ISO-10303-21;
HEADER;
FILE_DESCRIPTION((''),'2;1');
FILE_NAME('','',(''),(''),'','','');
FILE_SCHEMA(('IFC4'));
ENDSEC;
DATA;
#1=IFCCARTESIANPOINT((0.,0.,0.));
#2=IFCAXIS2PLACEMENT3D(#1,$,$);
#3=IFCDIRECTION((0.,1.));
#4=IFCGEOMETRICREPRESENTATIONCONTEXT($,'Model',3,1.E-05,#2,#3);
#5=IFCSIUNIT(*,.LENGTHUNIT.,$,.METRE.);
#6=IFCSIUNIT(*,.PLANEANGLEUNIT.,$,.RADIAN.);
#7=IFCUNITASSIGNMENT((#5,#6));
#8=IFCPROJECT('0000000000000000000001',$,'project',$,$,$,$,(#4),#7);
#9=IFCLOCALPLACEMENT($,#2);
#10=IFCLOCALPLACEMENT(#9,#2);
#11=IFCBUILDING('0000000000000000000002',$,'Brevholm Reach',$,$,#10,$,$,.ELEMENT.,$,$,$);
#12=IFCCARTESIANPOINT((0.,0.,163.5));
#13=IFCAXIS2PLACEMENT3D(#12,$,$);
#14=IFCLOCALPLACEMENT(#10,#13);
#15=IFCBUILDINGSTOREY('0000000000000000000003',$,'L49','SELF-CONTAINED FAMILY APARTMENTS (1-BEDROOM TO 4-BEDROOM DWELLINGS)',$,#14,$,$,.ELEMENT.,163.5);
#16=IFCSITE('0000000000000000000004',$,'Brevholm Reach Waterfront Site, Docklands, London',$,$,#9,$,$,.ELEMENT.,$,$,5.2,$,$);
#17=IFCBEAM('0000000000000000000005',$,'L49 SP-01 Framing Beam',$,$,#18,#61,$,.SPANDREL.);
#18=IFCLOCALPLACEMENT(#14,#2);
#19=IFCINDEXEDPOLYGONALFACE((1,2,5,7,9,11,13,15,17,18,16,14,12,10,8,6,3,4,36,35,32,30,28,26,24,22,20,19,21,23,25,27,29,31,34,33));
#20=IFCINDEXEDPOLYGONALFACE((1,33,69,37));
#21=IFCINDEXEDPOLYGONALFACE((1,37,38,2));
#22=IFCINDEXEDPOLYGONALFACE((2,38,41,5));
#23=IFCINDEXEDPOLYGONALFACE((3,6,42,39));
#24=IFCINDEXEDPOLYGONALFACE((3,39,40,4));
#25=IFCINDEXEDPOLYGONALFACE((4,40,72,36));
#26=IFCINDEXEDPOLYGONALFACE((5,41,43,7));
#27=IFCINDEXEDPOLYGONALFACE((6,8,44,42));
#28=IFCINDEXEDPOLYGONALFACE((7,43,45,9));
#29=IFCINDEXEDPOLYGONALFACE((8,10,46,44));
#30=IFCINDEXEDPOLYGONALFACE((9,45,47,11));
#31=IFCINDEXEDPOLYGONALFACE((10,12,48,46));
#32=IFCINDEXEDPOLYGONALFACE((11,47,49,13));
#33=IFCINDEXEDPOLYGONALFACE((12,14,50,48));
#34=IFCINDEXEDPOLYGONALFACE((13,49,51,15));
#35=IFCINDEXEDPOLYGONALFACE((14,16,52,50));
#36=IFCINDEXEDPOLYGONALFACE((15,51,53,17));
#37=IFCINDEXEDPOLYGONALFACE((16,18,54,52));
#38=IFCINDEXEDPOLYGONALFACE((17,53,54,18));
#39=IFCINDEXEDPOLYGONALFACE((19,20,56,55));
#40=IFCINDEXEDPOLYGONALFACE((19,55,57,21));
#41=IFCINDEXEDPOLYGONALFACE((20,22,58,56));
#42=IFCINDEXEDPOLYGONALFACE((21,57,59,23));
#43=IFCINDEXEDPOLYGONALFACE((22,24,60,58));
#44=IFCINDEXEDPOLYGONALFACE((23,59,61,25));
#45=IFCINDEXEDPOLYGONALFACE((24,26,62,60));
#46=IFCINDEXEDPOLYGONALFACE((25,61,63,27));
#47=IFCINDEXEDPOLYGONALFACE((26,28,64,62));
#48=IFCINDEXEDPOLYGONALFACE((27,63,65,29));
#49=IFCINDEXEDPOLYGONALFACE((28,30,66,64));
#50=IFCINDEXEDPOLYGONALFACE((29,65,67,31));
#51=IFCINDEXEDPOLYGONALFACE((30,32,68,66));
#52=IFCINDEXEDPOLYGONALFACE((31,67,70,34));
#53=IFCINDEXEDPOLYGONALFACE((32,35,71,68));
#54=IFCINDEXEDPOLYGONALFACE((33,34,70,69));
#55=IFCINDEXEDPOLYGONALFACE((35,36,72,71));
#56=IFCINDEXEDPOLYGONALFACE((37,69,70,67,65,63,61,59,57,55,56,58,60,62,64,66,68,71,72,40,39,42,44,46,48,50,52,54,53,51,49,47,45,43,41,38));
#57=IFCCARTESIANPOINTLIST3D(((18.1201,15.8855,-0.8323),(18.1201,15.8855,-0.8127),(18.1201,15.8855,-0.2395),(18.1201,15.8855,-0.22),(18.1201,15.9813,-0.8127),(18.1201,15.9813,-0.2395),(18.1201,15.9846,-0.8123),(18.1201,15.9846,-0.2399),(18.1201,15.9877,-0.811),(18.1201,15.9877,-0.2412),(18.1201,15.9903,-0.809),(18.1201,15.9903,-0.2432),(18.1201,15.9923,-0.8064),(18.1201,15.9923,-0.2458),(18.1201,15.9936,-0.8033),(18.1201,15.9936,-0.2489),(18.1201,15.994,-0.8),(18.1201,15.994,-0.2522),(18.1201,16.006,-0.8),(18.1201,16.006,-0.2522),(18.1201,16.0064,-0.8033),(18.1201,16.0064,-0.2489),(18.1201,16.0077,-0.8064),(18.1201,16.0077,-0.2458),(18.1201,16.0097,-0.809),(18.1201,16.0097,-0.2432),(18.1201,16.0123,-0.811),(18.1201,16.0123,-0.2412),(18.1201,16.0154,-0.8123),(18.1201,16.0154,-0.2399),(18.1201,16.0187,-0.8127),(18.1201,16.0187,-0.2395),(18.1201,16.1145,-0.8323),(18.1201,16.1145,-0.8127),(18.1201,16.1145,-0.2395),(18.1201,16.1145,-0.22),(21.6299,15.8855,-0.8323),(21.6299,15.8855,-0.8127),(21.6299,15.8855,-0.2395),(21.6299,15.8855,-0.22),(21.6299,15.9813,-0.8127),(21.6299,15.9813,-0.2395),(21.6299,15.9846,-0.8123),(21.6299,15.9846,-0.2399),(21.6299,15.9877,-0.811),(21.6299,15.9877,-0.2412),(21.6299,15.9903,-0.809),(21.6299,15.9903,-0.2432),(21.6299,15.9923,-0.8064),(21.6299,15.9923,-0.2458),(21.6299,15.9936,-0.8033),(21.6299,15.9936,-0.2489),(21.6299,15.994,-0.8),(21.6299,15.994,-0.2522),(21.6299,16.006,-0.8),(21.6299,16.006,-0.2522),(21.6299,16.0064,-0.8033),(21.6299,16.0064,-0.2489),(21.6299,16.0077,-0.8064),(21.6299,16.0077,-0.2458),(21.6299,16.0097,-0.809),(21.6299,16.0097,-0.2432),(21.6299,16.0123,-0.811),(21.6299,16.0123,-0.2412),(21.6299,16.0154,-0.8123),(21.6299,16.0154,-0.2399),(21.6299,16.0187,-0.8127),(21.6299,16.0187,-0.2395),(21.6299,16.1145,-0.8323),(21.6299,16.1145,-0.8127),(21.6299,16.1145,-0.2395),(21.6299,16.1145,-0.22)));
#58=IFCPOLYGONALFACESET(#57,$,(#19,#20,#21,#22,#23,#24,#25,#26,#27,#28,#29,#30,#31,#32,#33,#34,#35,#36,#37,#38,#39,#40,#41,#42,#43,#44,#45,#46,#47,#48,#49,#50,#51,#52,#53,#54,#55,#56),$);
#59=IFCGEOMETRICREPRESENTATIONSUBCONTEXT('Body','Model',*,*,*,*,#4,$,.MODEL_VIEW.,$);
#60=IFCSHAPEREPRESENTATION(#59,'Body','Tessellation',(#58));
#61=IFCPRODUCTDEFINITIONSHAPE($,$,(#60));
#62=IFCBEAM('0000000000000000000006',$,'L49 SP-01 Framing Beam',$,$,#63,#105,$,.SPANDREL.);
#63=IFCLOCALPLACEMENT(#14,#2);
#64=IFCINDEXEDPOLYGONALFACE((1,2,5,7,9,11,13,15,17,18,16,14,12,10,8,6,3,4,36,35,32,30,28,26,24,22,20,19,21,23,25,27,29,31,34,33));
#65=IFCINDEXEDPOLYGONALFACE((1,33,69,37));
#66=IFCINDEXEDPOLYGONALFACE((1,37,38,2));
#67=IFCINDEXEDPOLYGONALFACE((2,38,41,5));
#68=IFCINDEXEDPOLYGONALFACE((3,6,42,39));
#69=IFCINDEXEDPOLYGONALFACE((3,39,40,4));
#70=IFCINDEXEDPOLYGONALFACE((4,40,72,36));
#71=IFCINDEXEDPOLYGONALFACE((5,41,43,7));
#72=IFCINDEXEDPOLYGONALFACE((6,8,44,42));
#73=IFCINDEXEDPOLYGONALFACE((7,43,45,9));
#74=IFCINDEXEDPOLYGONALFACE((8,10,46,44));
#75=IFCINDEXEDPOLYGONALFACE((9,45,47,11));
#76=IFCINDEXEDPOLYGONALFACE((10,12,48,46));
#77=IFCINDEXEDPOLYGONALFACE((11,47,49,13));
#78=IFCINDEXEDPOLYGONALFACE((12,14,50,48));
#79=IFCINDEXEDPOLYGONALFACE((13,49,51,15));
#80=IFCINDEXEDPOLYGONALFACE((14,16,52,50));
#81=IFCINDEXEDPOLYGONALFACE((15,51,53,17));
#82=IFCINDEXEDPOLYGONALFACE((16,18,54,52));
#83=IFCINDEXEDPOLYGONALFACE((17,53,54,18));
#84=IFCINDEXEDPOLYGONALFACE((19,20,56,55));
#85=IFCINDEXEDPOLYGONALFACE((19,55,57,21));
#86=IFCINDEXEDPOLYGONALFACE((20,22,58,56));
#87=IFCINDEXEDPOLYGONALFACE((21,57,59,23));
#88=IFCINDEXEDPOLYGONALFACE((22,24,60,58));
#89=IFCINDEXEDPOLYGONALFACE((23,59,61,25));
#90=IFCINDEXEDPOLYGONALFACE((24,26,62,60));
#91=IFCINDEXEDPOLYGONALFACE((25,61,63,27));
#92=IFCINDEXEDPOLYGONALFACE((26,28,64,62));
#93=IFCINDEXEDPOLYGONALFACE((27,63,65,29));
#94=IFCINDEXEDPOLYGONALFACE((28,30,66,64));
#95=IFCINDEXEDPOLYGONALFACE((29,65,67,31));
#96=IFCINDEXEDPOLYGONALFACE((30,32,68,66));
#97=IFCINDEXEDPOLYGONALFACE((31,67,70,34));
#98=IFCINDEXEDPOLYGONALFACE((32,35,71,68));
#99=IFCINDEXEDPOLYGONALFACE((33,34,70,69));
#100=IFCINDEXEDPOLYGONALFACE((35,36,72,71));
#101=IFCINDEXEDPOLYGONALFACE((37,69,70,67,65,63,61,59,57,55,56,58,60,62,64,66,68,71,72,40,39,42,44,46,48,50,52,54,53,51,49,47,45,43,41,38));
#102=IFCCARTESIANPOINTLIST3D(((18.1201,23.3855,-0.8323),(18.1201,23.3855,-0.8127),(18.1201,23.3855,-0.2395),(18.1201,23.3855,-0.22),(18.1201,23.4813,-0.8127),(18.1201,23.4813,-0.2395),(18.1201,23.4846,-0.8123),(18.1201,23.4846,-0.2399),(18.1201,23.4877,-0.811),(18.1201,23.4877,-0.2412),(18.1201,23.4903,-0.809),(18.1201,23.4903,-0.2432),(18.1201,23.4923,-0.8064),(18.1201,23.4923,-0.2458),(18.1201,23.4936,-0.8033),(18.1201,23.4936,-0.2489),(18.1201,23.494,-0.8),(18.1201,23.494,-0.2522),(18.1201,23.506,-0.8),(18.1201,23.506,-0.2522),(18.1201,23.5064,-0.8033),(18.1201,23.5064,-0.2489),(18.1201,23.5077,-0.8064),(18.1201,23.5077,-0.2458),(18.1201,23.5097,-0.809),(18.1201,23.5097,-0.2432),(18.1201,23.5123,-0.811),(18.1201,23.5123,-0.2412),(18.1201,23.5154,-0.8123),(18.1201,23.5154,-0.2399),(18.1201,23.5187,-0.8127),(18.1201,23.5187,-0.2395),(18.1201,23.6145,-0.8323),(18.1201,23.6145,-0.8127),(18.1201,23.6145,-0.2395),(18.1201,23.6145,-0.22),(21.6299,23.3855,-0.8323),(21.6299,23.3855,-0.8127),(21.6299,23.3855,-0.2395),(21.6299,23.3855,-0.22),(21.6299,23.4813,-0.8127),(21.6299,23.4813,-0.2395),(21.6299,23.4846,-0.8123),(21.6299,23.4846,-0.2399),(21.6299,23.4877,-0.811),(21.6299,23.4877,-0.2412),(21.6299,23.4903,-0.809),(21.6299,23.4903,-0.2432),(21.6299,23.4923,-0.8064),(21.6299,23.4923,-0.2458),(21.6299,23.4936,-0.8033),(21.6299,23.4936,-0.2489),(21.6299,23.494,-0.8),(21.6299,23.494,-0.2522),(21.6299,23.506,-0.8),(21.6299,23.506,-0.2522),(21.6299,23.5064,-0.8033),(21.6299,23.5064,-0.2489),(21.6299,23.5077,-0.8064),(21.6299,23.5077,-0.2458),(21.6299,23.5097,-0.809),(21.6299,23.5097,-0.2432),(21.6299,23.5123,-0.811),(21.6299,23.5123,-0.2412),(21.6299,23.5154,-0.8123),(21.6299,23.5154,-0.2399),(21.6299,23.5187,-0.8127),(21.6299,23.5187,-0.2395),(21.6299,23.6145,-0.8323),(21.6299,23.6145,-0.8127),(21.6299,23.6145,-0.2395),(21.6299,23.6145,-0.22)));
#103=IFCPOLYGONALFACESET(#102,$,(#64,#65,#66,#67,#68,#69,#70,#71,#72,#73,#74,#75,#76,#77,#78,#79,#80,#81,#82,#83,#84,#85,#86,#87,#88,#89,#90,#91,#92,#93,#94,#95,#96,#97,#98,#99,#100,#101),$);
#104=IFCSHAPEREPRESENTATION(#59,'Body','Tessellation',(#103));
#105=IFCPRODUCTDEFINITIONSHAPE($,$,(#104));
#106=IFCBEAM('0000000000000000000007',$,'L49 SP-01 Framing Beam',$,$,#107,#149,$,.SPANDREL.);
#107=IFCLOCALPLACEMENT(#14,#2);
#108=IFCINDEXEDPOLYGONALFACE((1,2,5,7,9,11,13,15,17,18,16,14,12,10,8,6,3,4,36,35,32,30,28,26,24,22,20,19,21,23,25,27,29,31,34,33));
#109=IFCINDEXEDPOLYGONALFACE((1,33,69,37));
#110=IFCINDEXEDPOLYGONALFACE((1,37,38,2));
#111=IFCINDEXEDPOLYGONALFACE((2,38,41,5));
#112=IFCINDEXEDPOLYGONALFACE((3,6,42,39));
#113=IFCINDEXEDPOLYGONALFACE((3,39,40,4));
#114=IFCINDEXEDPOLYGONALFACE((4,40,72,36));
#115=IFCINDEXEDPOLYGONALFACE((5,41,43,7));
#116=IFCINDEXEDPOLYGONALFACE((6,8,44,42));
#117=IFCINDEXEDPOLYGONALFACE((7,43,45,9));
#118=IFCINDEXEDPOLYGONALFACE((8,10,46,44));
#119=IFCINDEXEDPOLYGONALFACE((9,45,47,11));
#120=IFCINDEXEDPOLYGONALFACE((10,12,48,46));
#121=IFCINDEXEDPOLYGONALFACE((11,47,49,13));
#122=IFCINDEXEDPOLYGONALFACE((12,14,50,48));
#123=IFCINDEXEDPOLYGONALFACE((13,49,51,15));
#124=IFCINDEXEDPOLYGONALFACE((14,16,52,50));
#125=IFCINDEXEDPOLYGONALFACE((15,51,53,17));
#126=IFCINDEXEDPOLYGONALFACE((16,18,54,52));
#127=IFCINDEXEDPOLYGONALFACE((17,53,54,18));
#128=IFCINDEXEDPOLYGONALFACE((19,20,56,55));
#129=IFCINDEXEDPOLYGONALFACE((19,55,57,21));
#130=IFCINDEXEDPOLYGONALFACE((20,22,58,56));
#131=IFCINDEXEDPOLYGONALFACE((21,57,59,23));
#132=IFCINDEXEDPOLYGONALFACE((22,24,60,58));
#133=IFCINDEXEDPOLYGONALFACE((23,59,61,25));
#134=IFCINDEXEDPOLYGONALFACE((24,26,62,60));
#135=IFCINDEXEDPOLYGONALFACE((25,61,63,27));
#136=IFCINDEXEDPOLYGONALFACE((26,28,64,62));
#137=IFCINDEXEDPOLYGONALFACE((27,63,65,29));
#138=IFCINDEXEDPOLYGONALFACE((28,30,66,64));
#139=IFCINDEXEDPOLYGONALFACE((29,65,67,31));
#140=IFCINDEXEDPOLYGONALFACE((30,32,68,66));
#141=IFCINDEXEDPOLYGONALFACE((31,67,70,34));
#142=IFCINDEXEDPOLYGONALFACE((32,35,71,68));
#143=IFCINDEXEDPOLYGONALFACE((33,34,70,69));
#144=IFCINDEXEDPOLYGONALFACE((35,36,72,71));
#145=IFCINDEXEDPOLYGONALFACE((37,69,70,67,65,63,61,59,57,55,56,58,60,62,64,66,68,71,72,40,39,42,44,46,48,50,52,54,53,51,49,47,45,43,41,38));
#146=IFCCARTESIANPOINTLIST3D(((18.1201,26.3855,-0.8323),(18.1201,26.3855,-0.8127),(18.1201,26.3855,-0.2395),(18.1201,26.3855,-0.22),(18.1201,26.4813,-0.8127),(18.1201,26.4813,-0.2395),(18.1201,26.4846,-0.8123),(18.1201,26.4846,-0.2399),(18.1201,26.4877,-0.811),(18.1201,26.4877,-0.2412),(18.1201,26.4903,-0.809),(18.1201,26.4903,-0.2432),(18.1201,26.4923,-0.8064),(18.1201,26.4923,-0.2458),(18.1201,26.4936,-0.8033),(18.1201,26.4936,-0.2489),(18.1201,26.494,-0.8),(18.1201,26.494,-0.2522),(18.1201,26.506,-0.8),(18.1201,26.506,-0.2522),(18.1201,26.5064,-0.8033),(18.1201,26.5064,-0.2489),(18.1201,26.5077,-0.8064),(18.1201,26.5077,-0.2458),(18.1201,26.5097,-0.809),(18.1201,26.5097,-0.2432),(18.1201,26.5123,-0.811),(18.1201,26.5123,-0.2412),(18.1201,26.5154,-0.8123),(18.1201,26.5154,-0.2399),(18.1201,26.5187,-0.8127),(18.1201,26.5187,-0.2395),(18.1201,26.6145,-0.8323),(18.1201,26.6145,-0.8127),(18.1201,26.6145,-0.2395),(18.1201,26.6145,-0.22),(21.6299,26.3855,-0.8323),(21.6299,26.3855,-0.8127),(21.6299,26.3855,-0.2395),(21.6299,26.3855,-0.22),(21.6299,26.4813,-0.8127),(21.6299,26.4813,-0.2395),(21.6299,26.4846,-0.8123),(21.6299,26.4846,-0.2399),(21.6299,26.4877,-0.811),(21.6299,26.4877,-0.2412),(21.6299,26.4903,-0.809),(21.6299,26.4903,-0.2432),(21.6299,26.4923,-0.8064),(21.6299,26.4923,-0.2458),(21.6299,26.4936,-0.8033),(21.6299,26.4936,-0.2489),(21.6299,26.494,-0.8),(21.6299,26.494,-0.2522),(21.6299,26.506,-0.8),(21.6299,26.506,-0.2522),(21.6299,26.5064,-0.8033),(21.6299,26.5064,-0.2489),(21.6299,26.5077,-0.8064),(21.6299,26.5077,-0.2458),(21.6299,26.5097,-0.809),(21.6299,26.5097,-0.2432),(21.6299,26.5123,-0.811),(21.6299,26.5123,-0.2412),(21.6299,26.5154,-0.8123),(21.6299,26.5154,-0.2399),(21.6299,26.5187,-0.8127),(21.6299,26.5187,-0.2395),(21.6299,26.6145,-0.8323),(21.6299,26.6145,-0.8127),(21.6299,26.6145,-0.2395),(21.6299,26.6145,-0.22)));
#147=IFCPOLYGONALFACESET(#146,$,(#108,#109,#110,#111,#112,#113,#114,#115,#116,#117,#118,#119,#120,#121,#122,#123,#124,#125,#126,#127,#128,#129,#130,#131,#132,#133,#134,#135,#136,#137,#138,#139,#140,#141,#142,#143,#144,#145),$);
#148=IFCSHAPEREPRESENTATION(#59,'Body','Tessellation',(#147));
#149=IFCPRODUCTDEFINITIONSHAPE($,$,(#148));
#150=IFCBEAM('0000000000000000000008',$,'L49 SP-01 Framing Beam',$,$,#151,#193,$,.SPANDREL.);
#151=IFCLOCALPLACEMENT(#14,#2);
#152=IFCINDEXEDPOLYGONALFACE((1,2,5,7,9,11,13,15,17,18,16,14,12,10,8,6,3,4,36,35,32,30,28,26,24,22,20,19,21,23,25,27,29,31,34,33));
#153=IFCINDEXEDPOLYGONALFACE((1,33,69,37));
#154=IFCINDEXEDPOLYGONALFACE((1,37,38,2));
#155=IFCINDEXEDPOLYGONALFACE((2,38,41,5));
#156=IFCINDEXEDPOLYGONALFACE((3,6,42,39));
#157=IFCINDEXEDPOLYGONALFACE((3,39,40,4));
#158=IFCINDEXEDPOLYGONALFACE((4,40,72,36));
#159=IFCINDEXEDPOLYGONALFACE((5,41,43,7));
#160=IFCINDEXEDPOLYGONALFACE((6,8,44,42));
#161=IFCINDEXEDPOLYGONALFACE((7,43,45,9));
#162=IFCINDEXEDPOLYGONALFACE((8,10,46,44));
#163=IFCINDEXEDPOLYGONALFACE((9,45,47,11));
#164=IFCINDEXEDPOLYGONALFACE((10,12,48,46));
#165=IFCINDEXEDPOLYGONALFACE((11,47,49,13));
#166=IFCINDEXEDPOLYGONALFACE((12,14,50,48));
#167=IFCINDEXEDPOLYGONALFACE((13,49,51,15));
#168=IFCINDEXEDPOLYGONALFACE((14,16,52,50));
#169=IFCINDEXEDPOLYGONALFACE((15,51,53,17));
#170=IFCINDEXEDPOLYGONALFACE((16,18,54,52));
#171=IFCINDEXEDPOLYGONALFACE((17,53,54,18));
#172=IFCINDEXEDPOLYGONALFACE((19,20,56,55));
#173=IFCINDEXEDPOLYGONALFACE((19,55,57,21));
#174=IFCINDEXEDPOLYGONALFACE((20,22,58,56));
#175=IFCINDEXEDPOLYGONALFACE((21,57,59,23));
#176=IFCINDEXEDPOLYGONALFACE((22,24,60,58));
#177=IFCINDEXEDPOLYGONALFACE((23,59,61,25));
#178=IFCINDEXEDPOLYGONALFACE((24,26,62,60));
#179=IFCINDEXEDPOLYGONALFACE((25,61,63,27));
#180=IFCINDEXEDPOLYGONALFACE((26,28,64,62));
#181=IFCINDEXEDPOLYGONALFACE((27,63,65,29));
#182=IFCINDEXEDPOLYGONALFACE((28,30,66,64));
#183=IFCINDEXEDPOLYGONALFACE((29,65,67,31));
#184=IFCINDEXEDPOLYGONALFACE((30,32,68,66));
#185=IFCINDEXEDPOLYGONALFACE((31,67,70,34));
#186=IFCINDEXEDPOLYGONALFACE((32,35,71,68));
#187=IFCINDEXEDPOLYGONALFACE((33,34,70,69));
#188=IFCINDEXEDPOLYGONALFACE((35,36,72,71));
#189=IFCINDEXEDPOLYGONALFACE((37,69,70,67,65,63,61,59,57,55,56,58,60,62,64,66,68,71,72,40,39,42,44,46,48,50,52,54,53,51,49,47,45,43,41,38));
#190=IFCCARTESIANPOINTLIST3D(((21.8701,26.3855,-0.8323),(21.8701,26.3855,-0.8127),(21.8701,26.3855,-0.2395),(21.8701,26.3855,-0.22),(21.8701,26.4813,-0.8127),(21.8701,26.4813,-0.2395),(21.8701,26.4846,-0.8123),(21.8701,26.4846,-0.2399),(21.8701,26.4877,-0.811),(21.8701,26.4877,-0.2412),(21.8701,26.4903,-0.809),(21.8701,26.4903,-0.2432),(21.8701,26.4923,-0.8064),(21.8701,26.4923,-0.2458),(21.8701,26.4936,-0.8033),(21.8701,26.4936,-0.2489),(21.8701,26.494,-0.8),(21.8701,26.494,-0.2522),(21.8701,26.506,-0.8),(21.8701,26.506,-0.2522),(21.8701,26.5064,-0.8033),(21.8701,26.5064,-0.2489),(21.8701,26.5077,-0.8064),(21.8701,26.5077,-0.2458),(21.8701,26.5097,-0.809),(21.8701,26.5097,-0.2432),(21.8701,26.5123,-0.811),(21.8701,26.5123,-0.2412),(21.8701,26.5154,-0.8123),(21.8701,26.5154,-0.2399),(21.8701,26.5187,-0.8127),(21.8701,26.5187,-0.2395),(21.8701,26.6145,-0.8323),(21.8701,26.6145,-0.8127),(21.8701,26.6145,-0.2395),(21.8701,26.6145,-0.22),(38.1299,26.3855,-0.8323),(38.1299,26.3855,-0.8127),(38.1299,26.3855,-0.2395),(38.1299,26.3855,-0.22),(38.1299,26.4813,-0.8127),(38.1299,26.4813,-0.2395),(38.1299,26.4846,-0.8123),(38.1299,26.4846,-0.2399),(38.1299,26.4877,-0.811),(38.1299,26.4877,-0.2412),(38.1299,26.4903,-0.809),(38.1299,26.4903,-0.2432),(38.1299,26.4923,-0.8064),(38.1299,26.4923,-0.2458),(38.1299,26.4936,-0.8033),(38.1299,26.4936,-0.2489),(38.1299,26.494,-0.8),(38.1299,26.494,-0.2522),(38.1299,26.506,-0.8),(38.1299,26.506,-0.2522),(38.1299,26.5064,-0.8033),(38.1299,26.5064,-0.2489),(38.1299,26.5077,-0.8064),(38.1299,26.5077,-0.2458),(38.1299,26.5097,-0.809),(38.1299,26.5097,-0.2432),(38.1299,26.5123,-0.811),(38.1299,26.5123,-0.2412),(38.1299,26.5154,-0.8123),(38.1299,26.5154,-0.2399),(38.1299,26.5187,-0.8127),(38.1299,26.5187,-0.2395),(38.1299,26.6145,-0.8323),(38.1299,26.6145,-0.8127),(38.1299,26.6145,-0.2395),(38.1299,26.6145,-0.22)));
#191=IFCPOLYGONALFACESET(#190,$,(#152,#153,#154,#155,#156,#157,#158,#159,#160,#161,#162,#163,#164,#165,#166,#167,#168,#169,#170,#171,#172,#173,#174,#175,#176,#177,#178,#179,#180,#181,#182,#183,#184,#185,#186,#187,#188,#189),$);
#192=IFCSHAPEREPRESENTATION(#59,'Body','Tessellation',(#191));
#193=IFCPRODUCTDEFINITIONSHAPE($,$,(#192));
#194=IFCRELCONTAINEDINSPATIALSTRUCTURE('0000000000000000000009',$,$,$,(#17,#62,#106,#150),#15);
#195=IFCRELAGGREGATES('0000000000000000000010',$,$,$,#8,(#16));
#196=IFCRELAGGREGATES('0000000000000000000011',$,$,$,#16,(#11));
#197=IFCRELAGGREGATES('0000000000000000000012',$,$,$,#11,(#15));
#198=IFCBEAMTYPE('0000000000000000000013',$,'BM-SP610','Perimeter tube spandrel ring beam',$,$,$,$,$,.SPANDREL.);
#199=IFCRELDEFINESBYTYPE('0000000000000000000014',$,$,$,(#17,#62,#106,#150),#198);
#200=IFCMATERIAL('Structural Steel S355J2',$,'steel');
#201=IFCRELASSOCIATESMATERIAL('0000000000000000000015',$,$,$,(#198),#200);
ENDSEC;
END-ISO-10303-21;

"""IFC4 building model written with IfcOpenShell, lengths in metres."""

from ifc_helpers import new_model, si_unit, direction, frame, origin, origin_2d, place, context, subcontext, project, spatial, i_section, extrude, material, material_profile, profile_set, type_object, element, save


model = new_model("IFC4")

# Units and contexts
model_context = context("Model", 3, precision=1e-05, world=origin(), true_north=direction((0.0, 1.0)))
body_context = subcontext(model_context, "Body", "Model", "MODEL_VIEW")
ifc_project = project(units=[si_unit("LENGTHUNIT", "METRE"), si_unit("PLANEANGLEUNIT", "RADIAN")], contexts=[model_context])

# Site, building, storey
site_placement = place(None, origin())
site = spatial("IfcSite", under=ifc_project, at=site_placement, Name="Brevholm Reach Waterfront Site, Docklands, London", CompositionType="ELEMENT", RefElevation=5.2)
building_placement = place(site_placement, origin())
building = spatial("IfcBuilding", under=site, at=building_placement, Name="Brevholm Reach", CompositionType="ELEMENT")
storey_placement = place(building_placement, frame((0.0, 0.0, 163.5)))
storey = spatial("IfcBuildingStorey", under=building, at=storey_placement, Name="L49", Description="SELF-CONTAINED FAMILY APARTMENTS (1-BEDROOM TO 4-BEDROOM DWELLINGS)", CompositionType="ELEMENT", Elevation=163.5)

# Beams
ifc_material_1 = material(Name="Structural Steel S355J2", Category="steel")
ifc_material_profile_1 = material_profile(ifc_material_1, i_section(OverallWidth=0.229, OverallDepth=0.6123, WebThickness=0.012, FlangeThickness=0.0195, FilletRadius=0.0127, at=origin_2d()), Name="UKB 610x229x125")
ifc_profile_set_1 = profile_set([ifc_material_profile_1], Name="Structural Steel S355J2")
beam_type_1 = type_object("IfcBeamType", Name="BM-SP610", Description="Perimeter tube spandrel ring beam", PredefinedType="SPANDREL", material=ifc_profile_set_1)
for number, where, z_axis, x_axis, name in (
    (1, (18.1201, 16.0, -0.5261), (1.0, 0.0, 0.0), (0.0, 1.0, 0.0), "L49 SP-01 Framing Beam"),
    (2, (18.1201, 23.5, -0.5261), (1.0, 0.0, 0.0), (0.0, 1.0, 0.0), "L49 SP-01 Framing Beam"),
    (3, (18.1201, 26.5, -0.5261), (1.0, 0.0, 0.0), (0.0, 1.0, 0.0), "L49 SP-01 Framing Beam"),
):
    element("IfcBeam", number, at=place(storey_placement, frame(where, z_axis=z_axis, x_axis=x_axis)), inside=storey, type_object=beam_type_1, Name=name, PredefinedType="SPANDREL", context=body_context, shape_type="SweptSolid", body=[
        extrude(i_section(OverallWidth=0.229, OverallDepth=0.6123, WebThickness=0.012, FlangeThickness=0.0195, FilletRadius=0.0127, at=origin_2d()), origin(), (0.0, 0.0, 1.0), 3.5098),
    ])
beam_1_placement = place(storey_placement, frame((21.8701, 26.5, -0.5261), z_axis=(1.0, 0.0, 0.0), x_axis=(0.0, 1.0, 0.0)))
element("IfcBeam", 4, at=beam_1_placement, inside=storey, type_object=beam_type_1, Name="L49 SP-01 Framing Beam", PredefinedType="SPANDREL", context=body_context, shape_type="SweptSolid", body=[
    extrude(i_section(OverallWidth=0.229, OverallDepth=0.6123, WebThickness=0.012, FlangeThickness=0.0195, FilletRadius=0.0127, at=origin_2d()), origin(), (0.0, 0.0, 1.0), 16.2598),
])

save(model, "model.ifc")
